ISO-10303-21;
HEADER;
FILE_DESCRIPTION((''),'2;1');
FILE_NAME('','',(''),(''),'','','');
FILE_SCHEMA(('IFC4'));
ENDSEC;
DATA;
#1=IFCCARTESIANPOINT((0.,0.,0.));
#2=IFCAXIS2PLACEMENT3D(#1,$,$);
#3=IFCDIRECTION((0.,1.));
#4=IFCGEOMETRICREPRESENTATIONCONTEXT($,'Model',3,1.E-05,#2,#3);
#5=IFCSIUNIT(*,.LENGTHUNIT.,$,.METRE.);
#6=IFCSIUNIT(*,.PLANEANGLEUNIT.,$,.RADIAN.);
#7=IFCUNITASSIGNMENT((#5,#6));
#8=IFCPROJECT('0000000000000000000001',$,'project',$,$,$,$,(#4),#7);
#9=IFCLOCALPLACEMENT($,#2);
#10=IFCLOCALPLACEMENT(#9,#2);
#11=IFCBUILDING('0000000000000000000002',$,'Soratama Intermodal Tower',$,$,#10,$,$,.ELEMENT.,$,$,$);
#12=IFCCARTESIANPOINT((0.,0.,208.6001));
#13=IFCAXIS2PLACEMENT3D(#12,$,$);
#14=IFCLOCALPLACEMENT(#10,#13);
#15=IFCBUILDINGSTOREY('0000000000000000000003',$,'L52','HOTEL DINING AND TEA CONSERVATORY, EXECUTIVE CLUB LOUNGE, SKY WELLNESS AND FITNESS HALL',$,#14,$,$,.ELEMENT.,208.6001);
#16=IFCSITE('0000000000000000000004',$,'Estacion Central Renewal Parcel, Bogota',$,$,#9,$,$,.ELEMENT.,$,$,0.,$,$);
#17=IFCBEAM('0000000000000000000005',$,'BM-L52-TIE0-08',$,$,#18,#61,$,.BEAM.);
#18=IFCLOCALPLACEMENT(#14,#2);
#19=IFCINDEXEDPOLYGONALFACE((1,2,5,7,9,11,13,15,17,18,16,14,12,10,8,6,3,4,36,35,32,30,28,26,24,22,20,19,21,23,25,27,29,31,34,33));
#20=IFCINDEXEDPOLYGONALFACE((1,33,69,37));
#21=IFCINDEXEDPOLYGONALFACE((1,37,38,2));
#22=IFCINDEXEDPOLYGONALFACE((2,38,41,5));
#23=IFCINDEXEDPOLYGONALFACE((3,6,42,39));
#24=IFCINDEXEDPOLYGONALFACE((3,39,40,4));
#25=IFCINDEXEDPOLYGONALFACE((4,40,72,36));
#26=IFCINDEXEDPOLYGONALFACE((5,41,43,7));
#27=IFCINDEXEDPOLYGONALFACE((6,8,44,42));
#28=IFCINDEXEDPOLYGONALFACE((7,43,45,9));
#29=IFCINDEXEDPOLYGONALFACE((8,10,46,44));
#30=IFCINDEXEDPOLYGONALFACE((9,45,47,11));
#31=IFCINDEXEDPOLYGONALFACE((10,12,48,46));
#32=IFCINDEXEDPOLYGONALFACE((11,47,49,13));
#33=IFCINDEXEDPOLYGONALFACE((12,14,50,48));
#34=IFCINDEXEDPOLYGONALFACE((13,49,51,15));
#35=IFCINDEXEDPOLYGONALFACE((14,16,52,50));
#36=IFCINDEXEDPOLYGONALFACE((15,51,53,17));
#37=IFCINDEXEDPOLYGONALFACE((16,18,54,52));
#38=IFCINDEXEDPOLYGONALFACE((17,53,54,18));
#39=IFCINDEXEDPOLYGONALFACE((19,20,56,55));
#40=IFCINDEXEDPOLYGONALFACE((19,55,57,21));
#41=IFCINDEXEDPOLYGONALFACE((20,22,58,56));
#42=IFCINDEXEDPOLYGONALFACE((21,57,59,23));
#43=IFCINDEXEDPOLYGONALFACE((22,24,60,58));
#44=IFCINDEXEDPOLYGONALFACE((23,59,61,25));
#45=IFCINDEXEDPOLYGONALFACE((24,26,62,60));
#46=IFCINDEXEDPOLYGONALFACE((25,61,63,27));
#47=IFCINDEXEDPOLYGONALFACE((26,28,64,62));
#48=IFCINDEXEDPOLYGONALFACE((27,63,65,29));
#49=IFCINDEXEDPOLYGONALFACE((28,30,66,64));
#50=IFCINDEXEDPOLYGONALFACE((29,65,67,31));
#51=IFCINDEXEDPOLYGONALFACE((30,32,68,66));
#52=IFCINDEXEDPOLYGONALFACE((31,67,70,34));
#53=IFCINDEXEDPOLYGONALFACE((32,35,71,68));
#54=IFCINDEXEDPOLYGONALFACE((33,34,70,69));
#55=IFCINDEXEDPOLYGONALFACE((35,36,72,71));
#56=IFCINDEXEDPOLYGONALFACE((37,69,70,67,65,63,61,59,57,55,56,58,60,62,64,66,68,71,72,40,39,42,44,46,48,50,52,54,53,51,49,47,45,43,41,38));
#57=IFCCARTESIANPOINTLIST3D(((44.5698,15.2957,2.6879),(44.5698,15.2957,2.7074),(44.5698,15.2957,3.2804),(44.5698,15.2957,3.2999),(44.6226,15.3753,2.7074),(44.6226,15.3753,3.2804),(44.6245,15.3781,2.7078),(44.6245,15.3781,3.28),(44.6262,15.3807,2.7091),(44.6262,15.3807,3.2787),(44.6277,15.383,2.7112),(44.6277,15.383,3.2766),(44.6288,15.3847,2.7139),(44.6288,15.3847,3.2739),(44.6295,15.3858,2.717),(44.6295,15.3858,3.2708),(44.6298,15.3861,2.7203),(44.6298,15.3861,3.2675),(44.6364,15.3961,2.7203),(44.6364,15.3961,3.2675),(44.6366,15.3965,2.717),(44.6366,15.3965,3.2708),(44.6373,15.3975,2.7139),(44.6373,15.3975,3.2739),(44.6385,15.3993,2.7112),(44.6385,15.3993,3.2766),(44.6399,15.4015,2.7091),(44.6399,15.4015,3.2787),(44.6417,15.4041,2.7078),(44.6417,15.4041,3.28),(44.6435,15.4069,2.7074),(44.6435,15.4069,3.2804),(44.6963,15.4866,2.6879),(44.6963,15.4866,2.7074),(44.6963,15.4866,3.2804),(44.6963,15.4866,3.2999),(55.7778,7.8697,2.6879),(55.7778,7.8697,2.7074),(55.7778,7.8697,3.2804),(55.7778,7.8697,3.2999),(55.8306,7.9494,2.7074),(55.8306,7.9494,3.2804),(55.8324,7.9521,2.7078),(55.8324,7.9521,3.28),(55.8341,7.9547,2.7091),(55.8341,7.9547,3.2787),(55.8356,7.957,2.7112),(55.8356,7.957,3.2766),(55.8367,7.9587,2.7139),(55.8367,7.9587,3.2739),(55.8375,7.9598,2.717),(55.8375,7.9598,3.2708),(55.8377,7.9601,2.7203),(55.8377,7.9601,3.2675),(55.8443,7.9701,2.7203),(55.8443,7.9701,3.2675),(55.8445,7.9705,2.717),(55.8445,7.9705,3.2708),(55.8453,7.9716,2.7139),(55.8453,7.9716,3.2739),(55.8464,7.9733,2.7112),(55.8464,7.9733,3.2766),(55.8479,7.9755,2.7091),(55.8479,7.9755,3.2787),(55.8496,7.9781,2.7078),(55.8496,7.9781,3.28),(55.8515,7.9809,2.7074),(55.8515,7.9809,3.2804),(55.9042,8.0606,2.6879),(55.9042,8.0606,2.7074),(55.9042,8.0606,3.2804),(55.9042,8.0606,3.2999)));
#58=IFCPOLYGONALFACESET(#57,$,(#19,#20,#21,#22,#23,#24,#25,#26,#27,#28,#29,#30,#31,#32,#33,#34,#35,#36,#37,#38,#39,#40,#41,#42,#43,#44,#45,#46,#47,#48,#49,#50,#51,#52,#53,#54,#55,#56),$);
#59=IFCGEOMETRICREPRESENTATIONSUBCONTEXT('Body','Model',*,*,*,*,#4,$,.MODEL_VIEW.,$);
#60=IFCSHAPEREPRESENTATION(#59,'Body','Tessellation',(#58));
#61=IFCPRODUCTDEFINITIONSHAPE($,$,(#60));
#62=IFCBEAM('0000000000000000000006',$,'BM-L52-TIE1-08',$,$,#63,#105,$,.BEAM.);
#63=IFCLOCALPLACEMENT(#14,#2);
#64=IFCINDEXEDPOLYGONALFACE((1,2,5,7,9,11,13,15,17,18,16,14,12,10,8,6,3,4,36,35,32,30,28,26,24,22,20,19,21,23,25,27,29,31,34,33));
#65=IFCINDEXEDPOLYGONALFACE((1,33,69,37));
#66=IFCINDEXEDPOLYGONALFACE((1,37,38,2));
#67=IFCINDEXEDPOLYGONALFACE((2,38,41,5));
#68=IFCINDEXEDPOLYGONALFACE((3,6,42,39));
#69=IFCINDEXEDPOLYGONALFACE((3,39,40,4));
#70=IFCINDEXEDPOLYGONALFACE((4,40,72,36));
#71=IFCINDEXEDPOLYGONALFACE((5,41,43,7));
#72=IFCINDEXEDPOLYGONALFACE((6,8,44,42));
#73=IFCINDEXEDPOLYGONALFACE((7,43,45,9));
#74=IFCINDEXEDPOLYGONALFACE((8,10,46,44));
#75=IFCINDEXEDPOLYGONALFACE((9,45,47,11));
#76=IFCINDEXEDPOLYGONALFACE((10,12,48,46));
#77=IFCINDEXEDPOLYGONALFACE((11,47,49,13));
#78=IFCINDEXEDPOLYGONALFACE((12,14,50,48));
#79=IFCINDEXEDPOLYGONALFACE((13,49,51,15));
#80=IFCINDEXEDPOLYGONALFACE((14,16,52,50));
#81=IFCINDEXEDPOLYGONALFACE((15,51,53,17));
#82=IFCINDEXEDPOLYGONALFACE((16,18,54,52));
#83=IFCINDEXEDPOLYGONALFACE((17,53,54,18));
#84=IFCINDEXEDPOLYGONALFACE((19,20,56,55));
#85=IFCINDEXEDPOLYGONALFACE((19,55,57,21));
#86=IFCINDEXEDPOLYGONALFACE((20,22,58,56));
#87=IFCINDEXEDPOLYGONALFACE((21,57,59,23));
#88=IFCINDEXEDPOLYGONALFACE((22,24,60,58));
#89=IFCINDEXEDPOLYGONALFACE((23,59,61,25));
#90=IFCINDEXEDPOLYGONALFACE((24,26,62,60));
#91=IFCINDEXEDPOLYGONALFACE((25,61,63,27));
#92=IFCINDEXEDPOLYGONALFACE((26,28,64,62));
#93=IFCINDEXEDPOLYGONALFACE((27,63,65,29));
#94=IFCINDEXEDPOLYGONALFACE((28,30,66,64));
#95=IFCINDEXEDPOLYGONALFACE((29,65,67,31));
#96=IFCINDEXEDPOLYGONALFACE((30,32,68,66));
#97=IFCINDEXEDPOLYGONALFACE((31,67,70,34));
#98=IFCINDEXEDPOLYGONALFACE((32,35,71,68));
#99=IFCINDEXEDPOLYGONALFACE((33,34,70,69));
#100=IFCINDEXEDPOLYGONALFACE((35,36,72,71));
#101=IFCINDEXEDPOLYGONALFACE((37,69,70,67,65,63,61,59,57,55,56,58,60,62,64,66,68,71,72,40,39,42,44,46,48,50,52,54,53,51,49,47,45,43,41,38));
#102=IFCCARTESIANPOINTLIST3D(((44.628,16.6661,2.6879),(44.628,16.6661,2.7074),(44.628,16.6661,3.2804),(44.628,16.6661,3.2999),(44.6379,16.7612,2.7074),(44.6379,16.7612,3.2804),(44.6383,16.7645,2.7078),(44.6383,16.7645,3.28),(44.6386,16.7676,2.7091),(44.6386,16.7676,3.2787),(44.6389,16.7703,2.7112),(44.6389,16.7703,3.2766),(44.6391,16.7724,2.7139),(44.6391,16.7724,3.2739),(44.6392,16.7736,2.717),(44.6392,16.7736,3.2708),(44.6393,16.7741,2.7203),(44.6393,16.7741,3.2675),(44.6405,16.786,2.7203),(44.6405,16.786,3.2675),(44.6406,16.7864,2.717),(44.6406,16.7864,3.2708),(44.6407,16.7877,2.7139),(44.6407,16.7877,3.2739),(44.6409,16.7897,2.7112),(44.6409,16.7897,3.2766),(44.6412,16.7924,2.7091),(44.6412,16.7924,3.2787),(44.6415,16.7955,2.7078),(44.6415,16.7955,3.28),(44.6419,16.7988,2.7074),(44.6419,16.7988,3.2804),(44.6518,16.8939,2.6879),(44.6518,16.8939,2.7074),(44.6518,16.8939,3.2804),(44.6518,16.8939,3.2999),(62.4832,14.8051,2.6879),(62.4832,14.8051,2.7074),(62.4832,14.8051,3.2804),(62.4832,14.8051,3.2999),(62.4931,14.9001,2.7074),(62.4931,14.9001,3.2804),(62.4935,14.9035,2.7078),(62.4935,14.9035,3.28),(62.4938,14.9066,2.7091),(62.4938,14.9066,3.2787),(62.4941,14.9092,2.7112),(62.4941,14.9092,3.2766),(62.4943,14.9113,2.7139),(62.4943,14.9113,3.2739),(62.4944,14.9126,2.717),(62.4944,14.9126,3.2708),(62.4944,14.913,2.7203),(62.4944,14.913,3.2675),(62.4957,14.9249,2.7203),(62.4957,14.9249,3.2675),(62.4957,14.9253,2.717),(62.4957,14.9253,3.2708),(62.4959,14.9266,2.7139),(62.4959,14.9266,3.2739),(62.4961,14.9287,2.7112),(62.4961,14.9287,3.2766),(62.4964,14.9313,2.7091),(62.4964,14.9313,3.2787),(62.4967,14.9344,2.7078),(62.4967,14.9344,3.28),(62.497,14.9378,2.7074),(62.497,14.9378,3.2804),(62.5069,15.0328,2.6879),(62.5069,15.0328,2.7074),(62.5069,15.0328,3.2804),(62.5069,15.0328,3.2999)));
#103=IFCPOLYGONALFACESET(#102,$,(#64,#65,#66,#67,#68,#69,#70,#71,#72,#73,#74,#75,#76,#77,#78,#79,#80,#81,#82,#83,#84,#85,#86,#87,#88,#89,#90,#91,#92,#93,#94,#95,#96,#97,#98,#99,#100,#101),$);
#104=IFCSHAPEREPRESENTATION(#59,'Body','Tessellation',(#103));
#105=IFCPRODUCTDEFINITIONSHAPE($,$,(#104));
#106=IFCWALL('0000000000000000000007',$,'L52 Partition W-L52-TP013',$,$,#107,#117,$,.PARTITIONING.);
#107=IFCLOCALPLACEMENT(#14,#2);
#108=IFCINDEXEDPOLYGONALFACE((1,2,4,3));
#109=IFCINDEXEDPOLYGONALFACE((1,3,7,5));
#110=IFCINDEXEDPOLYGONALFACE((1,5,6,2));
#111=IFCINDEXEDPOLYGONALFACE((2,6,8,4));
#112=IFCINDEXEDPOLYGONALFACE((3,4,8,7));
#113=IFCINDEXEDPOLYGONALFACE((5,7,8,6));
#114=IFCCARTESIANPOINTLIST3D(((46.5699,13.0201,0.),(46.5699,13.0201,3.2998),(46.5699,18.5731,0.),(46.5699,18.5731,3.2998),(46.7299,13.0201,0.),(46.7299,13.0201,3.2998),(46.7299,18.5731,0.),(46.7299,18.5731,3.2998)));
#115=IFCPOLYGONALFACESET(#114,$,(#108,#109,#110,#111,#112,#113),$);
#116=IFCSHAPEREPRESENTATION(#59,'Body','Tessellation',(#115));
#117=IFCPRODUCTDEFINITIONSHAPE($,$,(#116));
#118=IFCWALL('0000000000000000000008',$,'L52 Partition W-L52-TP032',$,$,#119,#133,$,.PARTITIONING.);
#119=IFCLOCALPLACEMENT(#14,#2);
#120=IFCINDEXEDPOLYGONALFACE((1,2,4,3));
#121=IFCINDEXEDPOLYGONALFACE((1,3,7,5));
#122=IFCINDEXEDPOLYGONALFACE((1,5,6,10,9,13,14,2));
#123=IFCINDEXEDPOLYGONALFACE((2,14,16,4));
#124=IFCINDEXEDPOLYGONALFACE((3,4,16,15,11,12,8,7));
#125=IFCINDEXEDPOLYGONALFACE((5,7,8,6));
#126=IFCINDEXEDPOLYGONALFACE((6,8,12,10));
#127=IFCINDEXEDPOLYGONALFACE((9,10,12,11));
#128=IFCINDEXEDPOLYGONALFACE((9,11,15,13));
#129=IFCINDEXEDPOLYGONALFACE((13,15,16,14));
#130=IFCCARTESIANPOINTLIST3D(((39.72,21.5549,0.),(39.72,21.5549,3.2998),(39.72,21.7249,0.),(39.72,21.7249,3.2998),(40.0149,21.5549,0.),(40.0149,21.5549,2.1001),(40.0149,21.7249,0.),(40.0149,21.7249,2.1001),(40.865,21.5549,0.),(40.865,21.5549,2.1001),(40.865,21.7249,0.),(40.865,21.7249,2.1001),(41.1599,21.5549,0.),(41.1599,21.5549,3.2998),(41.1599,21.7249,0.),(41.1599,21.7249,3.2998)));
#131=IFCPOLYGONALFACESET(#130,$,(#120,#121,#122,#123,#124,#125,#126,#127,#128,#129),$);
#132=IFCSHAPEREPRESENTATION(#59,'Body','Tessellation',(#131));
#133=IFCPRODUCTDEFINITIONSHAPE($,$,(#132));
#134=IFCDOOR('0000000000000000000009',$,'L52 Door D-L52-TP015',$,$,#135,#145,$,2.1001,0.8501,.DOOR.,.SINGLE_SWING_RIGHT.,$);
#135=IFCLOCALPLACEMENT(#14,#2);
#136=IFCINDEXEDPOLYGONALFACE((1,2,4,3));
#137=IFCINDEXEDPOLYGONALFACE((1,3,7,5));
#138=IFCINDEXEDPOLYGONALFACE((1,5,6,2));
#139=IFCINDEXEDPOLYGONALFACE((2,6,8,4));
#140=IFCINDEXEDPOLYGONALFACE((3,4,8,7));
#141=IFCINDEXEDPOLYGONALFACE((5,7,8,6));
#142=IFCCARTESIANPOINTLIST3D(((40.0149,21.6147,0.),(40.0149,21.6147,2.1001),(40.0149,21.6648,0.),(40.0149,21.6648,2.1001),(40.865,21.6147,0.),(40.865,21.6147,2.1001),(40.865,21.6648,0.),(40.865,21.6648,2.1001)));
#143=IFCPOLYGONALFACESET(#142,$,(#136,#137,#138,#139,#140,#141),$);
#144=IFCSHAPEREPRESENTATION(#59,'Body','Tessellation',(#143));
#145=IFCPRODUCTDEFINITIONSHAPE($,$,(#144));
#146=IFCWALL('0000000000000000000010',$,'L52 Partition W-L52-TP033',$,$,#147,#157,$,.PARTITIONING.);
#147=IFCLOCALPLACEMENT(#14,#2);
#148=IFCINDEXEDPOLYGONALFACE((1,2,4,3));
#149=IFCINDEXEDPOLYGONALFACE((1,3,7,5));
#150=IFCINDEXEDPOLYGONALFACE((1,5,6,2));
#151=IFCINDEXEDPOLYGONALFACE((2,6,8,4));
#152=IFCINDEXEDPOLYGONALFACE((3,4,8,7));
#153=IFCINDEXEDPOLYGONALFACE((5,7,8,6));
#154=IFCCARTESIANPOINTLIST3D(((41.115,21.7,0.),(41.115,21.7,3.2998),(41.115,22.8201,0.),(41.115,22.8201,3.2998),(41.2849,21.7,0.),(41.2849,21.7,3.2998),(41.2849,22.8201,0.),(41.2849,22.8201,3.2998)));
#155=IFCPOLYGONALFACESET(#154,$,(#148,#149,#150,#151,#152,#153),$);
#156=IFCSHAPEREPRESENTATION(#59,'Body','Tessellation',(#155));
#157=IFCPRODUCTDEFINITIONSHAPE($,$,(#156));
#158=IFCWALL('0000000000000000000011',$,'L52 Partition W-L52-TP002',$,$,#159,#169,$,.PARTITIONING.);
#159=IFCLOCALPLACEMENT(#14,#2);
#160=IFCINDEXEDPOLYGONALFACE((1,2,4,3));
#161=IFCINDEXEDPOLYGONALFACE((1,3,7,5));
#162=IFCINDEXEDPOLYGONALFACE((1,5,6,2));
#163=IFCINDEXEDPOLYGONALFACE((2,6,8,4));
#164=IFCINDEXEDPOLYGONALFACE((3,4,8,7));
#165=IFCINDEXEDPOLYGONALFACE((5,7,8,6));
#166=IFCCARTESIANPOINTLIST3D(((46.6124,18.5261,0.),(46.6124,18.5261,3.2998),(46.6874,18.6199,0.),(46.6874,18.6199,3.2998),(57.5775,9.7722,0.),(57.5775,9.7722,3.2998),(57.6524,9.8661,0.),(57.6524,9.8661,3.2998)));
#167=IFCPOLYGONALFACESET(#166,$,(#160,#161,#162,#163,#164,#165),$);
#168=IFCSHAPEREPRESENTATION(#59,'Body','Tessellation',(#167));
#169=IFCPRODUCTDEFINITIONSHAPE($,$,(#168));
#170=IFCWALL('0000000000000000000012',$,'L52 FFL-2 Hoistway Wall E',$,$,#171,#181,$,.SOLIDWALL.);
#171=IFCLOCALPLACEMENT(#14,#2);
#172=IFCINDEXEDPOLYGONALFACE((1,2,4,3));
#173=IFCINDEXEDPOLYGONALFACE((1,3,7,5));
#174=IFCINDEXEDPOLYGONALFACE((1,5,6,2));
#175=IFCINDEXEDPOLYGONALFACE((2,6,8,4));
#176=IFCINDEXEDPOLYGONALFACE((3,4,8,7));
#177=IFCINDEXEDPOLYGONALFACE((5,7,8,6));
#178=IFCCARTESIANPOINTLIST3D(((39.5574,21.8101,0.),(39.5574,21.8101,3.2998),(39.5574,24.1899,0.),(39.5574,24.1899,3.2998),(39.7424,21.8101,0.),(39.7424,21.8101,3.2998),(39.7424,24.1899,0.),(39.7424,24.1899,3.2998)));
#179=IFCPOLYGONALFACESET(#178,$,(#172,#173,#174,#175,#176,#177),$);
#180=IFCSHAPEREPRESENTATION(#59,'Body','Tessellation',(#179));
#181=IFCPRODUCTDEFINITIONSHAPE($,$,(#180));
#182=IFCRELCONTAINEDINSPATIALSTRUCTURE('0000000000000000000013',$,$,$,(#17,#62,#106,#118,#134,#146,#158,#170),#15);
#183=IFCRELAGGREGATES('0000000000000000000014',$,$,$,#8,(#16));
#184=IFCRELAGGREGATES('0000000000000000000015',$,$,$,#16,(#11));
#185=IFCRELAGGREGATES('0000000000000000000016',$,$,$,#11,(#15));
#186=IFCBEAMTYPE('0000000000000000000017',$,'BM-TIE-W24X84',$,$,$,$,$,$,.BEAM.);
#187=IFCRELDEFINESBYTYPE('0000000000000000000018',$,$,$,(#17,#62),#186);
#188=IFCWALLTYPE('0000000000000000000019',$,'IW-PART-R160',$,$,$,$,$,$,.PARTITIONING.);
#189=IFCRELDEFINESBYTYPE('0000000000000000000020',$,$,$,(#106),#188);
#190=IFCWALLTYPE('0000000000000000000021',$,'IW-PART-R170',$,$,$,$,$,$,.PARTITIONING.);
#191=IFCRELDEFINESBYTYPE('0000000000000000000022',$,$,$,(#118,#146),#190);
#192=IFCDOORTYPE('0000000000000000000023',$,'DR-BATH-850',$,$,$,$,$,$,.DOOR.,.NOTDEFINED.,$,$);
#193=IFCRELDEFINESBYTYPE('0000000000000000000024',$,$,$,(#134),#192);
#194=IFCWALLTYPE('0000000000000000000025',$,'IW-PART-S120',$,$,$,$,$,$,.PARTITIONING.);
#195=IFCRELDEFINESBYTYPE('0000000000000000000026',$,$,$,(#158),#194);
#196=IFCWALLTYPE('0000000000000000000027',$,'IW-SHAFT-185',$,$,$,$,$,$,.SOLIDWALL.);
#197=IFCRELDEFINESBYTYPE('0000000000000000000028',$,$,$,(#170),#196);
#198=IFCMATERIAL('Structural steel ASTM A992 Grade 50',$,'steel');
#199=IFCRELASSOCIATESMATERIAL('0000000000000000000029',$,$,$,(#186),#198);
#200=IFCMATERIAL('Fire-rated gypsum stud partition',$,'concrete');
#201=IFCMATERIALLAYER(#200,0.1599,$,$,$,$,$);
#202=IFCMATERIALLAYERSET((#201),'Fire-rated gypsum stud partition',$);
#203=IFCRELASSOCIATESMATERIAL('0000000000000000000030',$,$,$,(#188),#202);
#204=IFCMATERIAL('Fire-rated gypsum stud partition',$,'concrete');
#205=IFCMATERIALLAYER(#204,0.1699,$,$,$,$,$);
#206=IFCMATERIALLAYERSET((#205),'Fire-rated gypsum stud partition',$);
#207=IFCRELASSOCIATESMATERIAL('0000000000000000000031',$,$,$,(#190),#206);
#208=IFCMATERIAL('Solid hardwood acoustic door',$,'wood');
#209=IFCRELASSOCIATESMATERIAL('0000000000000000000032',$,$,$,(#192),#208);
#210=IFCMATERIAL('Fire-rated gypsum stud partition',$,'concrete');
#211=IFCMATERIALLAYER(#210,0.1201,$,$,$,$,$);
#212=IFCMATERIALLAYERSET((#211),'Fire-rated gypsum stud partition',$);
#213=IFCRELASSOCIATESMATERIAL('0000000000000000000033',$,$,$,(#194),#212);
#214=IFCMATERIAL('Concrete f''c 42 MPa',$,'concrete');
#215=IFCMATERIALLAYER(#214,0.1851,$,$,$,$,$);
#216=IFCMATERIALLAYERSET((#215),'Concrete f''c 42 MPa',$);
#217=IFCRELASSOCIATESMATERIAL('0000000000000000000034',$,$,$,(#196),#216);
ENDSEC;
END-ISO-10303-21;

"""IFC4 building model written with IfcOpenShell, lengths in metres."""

from ifc_helpers import new_model, si_unit, direction, frame, frame_2d, origin, origin_2d, place, context, subcontext, project, spatial, rectangle, i_section, extrude, material, layer, layer_set, material_profile, profile_set, type_object, element, fill, save


model = new_model("IFC4")

# Units and contexts
model_context = context("Model", 3, precision=1e-05, world=origin(), true_north=direction((0.0, 1.0)))
body_context = subcontext(model_context, "Body", "Model", "MODEL_VIEW")
ifc_project = project(units=[si_unit("LENGTHUNIT", "METRE"), si_unit("PLANEANGLEUNIT", "RADIAN")], contexts=[model_context])

# Site, building, storey
site_placement = place(None, origin())
site = spatial("IfcSite", under=ifc_project, at=site_placement, Name="Estacion Central Renewal Parcel, Bogota", CompositionType="ELEMENT", RefElevation=0.0)
building_placement = place(site_placement, origin())
building = spatial("IfcBuilding", under=site, at=building_placement, Name="Soratama Intermodal Tower", CompositionType="ELEMENT")
storey_placement = place(building_placement, frame((0.0, 0.0, 208.6001)))
storey = spatial("IfcBuildingStorey", under=building, at=storey_placement, Name="L52", Description="HOTEL DINING AND TEA CONSERVATORY, EXECUTIVE CLUB LOUNGE, SKY WELLNESS AND FITNESS HALL", CompositionType="ELEMENT", Elevation=208.6001)

# Beams
ifc_material_1 = material(Name="Structural steel ASTM A992 Grade 50", Category="steel")
ifc_material_profile_1 = material_profile(ifc_material_1, i_section(OverallWidth=0.229, OverallDepth=0.6121, WebThickness=0.012, FlangeThickness=0.0195, FilletRadius=0.0129, at=origin_2d()), Name="W24X84")
ifc_profile_set_1 = profile_set([ifc_material_profile_1], Name="Structural steel ASTM A992 Grade 50")
beam_type_1 = type_object("IfcBeamType", Name="BM-TIE-W24X84", PredefinedType="BEAM", material=ifc_profile_set_1)
beam_1_placement = place(storey_placement, frame((44.6331, 15.3911, 2.9939), z_axis=(0.833625, -0.55233, 0.0), x_axis=(0.55233, 0.833625, 0.0)))
element("IfcBeam", 1, at=beam_1_placement, inside=storey, type_object=beam_type_1, Name="BM-L52-TIE0-08", PredefinedType="BEAM", context=body_context, shape_type="SweptSolid", body=[
    extrude(i_section(OverallWidth=0.229, OverallDepth=0.6121, WebThickness=0.012, FlangeThickness=0.0195, FilletRadius=0.0129, at=origin_2d()), origin(), (0.0, 0.0, 1.0), 13.4448),
])
beam_2_placement = place(storey_placement, frame((44.6399, 16.78, 2.9939), z_axis=(0.994612, -0.10367, 0.0), x_axis=(0.10367, 0.994612, 0.0)))
element("IfcBeam", 2, at=beam_2_placement, inside=storey, type_object=beam_type_1, Name="BM-L52-TIE1-08", PredefinedType="BEAM", context=body_context, shape_type="SweptSolid", body=[
    extrude(i_section(OverallWidth=0.229, OverallDepth=0.6121, WebThickness=0.012, FlangeThickness=0.0195, FilletRadius=0.0129, at=origin_2d()), origin(), (0.0, 0.0, 1.0), 17.9519),
])

# Wall
ifc_material_2 = material(Name="Fire-rated gypsum stud partition", Category="concrete")
ifc_layer_1 = layer(ifc_material_2, 0.1599)
ifc_layer_set_1 = layer_set([ifc_layer_1], Name="Fire-rated gypsum stud partition")
wall_type_1 = type_object("IfcWallType", Name="IW-PART-R160", PredefinedType="PARTITIONING", material=ifc_layer_set_1)
wall_1_placement = place(storey_placement, frame((46.6499, 18.573, 0.0), z_axis=(0.0, 0.0, 1.0), x_axis=(0.0, -1.0, 0.0)))
element("IfcWall", 3, at=wall_1_placement, inside=storey, type_object=wall_type_1, Name="L52 Partition W-L52-TP013", PredefinedType="PARTITIONING", context=body_context, shape_type="SweptSolid", body=[
    extrude(rectangle(XDim=5.553, YDim=0.1599, at=frame_2d((2.7764, 0.0))), origin(), (0.0, 0.0, 1.0), 3.2998),
])

# Wall, opening, door
ifc_material_3 = material(Name="Fire-rated gypsum stud partition", Category="concrete")
ifc_layer_2 = layer(ifc_material_3, 0.1699)
ifc_layer_set_2 = layer_set([ifc_layer_2], Name="Fire-rated gypsum stud partition")
wall_type_2 = type_object("IfcWallType", Name="IW-PART-R170", PredefinedType="PARTITIONING", material=ifc_layer_set_2)
wall_2_placement = place(storey_placement, frame((39.72, 21.6399, 0.0), z_axis=(0.0, 0.0, 1.0), x_axis=(1.0, 0.0, 0.0)))
wall_2 = element("IfcWall", 4, at=wall_2_placement, inside=storey, type_object=wall_type_2, Name="L52 Partition W-L52-TP032", PredefinedType="PARTITIONING", context=body_context, shape_type="SweptSolid", body=[
    extrude(rectangle(XDim=1.4399, YDim=0.1699, at=frame_2d((0.72, 0.0))), origin(), (0.0, 0.0, 1.0), 3.2998),
])
opening_1_placement = place(wall_2_placement, frame((0.2949, 0.0, 0.0)))
opening_1 = element("IfcOpeningElement", 5, at=opening_1_placement, cuts=wall_2, PredefinedType="OPENING", context=body_context, shape_type="SweptSolid", body=[
    extrude(rectangle(XDim=0.8501, YDim=2.1001, at=frame_2d((0.425, 1.05))), frame((0.0, 0.095, 0.0), z_axis=(0.0, -1.0, 0.0), x_axis=(1.0, 0.0, 0.0)), (0.0, 0.0, 1.0), 0.1899),
])
ifc_material_4 = material(Name="Solid hardwood acoustic door", Category="wood")
door_type_1 = type_object("IfcDoorType", Name="DR-BATH-850", OperationType="NOTDEFINED", PredefinedType="DOOR", material=ifc_material_4)
door_1_placement = place(opening_1_placement, origin())
door_1 = element("IfcDoor", 6, at=door_1_placement, inside=storey, type_object=door_type_1, Name="L52 Door D-L52-TP015", OperationType="SINGLE_SWING_RIGHT", OverallHeight=2.1001, OverallWidth=0.8501, PredefinedType="DOOR", context=body_context, shape_type="SweptSolid", body=[
    extrude(rectangle(XDim=0.8501, YDim=2.1001, at=frame_2d((0.425, 1.05))), frame((0.0, 0.0249, 0.0), z_axis=(0.0, -1.0, 0.0), x_axis=(1.0, 0.0, 0.0)), (0.0, 0.0, 1.0), 0.05),
])
fill(opening_1, door_1)

# Walls
wall_3_placement = place(storey_placement, frame((41.2, 21.7, 0.0), z_axis=(0.0, 0.0, 1.0), x_axis=(0.0, 1.0, 0.0)))
element("IfcWall", 7, at=wall_3_placement, inside=storey, type_object=wall_type_2, Name="L52 Partition W-L52-TP033", PredefinedType="PARTITIONING", context=body_context, shape_type="SweptSolid", body=[
    extrude(rectangle(XDim=1.1201, YDim=0.1699, at=frame_2d((0.5601, 0.0))), origin(), (0.0, 0.0, 1.0), 3.2998),
])
ifc_material_5 = material(Name="Fire-rated gypsum stud partition", Category="concrete")
ifc_layer_3 = layer(ifc_material_5, 0.1201)
ifc_layer_set_3 = layer_set([ifc_layer_3], Name="Fire-rated gypsum stud partition")
wall_type_3 = type_object("IfcWallType", Name="IW-PART-S120", PredefinedType="PARTITIONING", material=ifc_layer_set_3)
wall_4_placement = place(storey_placement, frame((46.6499, 18.573, 0.0), z_axis=(0.0, 0.0, 1.0), x_axis=(0.7815, -0.623905, 0.0)))
element("IfcWall", 8, at=wall_4_placement, inside=storey, type_object=wall_type_3, Name="L52 Partition W-L52-TP002", PredefinedType="PARTITIONING", context=body_context, shape_type="SweptSolid", body=[
    extrude(rectangle(XDim=14.0308, YDim=0.1201, at=frame_2d((7.0154, 0.0))), origin(), (0.0, 0.0, 1.0), 3.2998),
])
ifc_material_6 = material(Name="Concrete f'c 42 MPa", Category="concrete")
ifc_layer_4 = layer(ifc_material_6, 0.1851)
ifc_layer_set_4 = layer_set([ifc_layer_4], Name="Concrete f'c 42 MPa")
wall_type_4 = type_object("IfcWallType", Name="IW-SHAFT-185", PredefinedType="SOLIDWALL", material=ifc_layer_set_4)
wall_5_placement = place(storey_placement, frame((39.6499, 21.8101, 0.0), z_axis=(0.0, 0.0, 1.0), x_axis=(0.0, 1.0, 0.0)))
element("IfcWall", 9, at=wall_5_placement, inside=storey, type_object=wall_type_4, Name="L52 FFL-2 Hoistway Wall E", PredefinedType="SOLIDWALL", context=body_context, shape_type="SweptSolid", body=[
    extrude(rectangle(XDim=2.3799, YDim=0.1851, at=frame_2d((1.1899, 0.0))), origin(), (0.0, 0.0, 1.0), 3.2998),
])

save(model, "model.ifc")
